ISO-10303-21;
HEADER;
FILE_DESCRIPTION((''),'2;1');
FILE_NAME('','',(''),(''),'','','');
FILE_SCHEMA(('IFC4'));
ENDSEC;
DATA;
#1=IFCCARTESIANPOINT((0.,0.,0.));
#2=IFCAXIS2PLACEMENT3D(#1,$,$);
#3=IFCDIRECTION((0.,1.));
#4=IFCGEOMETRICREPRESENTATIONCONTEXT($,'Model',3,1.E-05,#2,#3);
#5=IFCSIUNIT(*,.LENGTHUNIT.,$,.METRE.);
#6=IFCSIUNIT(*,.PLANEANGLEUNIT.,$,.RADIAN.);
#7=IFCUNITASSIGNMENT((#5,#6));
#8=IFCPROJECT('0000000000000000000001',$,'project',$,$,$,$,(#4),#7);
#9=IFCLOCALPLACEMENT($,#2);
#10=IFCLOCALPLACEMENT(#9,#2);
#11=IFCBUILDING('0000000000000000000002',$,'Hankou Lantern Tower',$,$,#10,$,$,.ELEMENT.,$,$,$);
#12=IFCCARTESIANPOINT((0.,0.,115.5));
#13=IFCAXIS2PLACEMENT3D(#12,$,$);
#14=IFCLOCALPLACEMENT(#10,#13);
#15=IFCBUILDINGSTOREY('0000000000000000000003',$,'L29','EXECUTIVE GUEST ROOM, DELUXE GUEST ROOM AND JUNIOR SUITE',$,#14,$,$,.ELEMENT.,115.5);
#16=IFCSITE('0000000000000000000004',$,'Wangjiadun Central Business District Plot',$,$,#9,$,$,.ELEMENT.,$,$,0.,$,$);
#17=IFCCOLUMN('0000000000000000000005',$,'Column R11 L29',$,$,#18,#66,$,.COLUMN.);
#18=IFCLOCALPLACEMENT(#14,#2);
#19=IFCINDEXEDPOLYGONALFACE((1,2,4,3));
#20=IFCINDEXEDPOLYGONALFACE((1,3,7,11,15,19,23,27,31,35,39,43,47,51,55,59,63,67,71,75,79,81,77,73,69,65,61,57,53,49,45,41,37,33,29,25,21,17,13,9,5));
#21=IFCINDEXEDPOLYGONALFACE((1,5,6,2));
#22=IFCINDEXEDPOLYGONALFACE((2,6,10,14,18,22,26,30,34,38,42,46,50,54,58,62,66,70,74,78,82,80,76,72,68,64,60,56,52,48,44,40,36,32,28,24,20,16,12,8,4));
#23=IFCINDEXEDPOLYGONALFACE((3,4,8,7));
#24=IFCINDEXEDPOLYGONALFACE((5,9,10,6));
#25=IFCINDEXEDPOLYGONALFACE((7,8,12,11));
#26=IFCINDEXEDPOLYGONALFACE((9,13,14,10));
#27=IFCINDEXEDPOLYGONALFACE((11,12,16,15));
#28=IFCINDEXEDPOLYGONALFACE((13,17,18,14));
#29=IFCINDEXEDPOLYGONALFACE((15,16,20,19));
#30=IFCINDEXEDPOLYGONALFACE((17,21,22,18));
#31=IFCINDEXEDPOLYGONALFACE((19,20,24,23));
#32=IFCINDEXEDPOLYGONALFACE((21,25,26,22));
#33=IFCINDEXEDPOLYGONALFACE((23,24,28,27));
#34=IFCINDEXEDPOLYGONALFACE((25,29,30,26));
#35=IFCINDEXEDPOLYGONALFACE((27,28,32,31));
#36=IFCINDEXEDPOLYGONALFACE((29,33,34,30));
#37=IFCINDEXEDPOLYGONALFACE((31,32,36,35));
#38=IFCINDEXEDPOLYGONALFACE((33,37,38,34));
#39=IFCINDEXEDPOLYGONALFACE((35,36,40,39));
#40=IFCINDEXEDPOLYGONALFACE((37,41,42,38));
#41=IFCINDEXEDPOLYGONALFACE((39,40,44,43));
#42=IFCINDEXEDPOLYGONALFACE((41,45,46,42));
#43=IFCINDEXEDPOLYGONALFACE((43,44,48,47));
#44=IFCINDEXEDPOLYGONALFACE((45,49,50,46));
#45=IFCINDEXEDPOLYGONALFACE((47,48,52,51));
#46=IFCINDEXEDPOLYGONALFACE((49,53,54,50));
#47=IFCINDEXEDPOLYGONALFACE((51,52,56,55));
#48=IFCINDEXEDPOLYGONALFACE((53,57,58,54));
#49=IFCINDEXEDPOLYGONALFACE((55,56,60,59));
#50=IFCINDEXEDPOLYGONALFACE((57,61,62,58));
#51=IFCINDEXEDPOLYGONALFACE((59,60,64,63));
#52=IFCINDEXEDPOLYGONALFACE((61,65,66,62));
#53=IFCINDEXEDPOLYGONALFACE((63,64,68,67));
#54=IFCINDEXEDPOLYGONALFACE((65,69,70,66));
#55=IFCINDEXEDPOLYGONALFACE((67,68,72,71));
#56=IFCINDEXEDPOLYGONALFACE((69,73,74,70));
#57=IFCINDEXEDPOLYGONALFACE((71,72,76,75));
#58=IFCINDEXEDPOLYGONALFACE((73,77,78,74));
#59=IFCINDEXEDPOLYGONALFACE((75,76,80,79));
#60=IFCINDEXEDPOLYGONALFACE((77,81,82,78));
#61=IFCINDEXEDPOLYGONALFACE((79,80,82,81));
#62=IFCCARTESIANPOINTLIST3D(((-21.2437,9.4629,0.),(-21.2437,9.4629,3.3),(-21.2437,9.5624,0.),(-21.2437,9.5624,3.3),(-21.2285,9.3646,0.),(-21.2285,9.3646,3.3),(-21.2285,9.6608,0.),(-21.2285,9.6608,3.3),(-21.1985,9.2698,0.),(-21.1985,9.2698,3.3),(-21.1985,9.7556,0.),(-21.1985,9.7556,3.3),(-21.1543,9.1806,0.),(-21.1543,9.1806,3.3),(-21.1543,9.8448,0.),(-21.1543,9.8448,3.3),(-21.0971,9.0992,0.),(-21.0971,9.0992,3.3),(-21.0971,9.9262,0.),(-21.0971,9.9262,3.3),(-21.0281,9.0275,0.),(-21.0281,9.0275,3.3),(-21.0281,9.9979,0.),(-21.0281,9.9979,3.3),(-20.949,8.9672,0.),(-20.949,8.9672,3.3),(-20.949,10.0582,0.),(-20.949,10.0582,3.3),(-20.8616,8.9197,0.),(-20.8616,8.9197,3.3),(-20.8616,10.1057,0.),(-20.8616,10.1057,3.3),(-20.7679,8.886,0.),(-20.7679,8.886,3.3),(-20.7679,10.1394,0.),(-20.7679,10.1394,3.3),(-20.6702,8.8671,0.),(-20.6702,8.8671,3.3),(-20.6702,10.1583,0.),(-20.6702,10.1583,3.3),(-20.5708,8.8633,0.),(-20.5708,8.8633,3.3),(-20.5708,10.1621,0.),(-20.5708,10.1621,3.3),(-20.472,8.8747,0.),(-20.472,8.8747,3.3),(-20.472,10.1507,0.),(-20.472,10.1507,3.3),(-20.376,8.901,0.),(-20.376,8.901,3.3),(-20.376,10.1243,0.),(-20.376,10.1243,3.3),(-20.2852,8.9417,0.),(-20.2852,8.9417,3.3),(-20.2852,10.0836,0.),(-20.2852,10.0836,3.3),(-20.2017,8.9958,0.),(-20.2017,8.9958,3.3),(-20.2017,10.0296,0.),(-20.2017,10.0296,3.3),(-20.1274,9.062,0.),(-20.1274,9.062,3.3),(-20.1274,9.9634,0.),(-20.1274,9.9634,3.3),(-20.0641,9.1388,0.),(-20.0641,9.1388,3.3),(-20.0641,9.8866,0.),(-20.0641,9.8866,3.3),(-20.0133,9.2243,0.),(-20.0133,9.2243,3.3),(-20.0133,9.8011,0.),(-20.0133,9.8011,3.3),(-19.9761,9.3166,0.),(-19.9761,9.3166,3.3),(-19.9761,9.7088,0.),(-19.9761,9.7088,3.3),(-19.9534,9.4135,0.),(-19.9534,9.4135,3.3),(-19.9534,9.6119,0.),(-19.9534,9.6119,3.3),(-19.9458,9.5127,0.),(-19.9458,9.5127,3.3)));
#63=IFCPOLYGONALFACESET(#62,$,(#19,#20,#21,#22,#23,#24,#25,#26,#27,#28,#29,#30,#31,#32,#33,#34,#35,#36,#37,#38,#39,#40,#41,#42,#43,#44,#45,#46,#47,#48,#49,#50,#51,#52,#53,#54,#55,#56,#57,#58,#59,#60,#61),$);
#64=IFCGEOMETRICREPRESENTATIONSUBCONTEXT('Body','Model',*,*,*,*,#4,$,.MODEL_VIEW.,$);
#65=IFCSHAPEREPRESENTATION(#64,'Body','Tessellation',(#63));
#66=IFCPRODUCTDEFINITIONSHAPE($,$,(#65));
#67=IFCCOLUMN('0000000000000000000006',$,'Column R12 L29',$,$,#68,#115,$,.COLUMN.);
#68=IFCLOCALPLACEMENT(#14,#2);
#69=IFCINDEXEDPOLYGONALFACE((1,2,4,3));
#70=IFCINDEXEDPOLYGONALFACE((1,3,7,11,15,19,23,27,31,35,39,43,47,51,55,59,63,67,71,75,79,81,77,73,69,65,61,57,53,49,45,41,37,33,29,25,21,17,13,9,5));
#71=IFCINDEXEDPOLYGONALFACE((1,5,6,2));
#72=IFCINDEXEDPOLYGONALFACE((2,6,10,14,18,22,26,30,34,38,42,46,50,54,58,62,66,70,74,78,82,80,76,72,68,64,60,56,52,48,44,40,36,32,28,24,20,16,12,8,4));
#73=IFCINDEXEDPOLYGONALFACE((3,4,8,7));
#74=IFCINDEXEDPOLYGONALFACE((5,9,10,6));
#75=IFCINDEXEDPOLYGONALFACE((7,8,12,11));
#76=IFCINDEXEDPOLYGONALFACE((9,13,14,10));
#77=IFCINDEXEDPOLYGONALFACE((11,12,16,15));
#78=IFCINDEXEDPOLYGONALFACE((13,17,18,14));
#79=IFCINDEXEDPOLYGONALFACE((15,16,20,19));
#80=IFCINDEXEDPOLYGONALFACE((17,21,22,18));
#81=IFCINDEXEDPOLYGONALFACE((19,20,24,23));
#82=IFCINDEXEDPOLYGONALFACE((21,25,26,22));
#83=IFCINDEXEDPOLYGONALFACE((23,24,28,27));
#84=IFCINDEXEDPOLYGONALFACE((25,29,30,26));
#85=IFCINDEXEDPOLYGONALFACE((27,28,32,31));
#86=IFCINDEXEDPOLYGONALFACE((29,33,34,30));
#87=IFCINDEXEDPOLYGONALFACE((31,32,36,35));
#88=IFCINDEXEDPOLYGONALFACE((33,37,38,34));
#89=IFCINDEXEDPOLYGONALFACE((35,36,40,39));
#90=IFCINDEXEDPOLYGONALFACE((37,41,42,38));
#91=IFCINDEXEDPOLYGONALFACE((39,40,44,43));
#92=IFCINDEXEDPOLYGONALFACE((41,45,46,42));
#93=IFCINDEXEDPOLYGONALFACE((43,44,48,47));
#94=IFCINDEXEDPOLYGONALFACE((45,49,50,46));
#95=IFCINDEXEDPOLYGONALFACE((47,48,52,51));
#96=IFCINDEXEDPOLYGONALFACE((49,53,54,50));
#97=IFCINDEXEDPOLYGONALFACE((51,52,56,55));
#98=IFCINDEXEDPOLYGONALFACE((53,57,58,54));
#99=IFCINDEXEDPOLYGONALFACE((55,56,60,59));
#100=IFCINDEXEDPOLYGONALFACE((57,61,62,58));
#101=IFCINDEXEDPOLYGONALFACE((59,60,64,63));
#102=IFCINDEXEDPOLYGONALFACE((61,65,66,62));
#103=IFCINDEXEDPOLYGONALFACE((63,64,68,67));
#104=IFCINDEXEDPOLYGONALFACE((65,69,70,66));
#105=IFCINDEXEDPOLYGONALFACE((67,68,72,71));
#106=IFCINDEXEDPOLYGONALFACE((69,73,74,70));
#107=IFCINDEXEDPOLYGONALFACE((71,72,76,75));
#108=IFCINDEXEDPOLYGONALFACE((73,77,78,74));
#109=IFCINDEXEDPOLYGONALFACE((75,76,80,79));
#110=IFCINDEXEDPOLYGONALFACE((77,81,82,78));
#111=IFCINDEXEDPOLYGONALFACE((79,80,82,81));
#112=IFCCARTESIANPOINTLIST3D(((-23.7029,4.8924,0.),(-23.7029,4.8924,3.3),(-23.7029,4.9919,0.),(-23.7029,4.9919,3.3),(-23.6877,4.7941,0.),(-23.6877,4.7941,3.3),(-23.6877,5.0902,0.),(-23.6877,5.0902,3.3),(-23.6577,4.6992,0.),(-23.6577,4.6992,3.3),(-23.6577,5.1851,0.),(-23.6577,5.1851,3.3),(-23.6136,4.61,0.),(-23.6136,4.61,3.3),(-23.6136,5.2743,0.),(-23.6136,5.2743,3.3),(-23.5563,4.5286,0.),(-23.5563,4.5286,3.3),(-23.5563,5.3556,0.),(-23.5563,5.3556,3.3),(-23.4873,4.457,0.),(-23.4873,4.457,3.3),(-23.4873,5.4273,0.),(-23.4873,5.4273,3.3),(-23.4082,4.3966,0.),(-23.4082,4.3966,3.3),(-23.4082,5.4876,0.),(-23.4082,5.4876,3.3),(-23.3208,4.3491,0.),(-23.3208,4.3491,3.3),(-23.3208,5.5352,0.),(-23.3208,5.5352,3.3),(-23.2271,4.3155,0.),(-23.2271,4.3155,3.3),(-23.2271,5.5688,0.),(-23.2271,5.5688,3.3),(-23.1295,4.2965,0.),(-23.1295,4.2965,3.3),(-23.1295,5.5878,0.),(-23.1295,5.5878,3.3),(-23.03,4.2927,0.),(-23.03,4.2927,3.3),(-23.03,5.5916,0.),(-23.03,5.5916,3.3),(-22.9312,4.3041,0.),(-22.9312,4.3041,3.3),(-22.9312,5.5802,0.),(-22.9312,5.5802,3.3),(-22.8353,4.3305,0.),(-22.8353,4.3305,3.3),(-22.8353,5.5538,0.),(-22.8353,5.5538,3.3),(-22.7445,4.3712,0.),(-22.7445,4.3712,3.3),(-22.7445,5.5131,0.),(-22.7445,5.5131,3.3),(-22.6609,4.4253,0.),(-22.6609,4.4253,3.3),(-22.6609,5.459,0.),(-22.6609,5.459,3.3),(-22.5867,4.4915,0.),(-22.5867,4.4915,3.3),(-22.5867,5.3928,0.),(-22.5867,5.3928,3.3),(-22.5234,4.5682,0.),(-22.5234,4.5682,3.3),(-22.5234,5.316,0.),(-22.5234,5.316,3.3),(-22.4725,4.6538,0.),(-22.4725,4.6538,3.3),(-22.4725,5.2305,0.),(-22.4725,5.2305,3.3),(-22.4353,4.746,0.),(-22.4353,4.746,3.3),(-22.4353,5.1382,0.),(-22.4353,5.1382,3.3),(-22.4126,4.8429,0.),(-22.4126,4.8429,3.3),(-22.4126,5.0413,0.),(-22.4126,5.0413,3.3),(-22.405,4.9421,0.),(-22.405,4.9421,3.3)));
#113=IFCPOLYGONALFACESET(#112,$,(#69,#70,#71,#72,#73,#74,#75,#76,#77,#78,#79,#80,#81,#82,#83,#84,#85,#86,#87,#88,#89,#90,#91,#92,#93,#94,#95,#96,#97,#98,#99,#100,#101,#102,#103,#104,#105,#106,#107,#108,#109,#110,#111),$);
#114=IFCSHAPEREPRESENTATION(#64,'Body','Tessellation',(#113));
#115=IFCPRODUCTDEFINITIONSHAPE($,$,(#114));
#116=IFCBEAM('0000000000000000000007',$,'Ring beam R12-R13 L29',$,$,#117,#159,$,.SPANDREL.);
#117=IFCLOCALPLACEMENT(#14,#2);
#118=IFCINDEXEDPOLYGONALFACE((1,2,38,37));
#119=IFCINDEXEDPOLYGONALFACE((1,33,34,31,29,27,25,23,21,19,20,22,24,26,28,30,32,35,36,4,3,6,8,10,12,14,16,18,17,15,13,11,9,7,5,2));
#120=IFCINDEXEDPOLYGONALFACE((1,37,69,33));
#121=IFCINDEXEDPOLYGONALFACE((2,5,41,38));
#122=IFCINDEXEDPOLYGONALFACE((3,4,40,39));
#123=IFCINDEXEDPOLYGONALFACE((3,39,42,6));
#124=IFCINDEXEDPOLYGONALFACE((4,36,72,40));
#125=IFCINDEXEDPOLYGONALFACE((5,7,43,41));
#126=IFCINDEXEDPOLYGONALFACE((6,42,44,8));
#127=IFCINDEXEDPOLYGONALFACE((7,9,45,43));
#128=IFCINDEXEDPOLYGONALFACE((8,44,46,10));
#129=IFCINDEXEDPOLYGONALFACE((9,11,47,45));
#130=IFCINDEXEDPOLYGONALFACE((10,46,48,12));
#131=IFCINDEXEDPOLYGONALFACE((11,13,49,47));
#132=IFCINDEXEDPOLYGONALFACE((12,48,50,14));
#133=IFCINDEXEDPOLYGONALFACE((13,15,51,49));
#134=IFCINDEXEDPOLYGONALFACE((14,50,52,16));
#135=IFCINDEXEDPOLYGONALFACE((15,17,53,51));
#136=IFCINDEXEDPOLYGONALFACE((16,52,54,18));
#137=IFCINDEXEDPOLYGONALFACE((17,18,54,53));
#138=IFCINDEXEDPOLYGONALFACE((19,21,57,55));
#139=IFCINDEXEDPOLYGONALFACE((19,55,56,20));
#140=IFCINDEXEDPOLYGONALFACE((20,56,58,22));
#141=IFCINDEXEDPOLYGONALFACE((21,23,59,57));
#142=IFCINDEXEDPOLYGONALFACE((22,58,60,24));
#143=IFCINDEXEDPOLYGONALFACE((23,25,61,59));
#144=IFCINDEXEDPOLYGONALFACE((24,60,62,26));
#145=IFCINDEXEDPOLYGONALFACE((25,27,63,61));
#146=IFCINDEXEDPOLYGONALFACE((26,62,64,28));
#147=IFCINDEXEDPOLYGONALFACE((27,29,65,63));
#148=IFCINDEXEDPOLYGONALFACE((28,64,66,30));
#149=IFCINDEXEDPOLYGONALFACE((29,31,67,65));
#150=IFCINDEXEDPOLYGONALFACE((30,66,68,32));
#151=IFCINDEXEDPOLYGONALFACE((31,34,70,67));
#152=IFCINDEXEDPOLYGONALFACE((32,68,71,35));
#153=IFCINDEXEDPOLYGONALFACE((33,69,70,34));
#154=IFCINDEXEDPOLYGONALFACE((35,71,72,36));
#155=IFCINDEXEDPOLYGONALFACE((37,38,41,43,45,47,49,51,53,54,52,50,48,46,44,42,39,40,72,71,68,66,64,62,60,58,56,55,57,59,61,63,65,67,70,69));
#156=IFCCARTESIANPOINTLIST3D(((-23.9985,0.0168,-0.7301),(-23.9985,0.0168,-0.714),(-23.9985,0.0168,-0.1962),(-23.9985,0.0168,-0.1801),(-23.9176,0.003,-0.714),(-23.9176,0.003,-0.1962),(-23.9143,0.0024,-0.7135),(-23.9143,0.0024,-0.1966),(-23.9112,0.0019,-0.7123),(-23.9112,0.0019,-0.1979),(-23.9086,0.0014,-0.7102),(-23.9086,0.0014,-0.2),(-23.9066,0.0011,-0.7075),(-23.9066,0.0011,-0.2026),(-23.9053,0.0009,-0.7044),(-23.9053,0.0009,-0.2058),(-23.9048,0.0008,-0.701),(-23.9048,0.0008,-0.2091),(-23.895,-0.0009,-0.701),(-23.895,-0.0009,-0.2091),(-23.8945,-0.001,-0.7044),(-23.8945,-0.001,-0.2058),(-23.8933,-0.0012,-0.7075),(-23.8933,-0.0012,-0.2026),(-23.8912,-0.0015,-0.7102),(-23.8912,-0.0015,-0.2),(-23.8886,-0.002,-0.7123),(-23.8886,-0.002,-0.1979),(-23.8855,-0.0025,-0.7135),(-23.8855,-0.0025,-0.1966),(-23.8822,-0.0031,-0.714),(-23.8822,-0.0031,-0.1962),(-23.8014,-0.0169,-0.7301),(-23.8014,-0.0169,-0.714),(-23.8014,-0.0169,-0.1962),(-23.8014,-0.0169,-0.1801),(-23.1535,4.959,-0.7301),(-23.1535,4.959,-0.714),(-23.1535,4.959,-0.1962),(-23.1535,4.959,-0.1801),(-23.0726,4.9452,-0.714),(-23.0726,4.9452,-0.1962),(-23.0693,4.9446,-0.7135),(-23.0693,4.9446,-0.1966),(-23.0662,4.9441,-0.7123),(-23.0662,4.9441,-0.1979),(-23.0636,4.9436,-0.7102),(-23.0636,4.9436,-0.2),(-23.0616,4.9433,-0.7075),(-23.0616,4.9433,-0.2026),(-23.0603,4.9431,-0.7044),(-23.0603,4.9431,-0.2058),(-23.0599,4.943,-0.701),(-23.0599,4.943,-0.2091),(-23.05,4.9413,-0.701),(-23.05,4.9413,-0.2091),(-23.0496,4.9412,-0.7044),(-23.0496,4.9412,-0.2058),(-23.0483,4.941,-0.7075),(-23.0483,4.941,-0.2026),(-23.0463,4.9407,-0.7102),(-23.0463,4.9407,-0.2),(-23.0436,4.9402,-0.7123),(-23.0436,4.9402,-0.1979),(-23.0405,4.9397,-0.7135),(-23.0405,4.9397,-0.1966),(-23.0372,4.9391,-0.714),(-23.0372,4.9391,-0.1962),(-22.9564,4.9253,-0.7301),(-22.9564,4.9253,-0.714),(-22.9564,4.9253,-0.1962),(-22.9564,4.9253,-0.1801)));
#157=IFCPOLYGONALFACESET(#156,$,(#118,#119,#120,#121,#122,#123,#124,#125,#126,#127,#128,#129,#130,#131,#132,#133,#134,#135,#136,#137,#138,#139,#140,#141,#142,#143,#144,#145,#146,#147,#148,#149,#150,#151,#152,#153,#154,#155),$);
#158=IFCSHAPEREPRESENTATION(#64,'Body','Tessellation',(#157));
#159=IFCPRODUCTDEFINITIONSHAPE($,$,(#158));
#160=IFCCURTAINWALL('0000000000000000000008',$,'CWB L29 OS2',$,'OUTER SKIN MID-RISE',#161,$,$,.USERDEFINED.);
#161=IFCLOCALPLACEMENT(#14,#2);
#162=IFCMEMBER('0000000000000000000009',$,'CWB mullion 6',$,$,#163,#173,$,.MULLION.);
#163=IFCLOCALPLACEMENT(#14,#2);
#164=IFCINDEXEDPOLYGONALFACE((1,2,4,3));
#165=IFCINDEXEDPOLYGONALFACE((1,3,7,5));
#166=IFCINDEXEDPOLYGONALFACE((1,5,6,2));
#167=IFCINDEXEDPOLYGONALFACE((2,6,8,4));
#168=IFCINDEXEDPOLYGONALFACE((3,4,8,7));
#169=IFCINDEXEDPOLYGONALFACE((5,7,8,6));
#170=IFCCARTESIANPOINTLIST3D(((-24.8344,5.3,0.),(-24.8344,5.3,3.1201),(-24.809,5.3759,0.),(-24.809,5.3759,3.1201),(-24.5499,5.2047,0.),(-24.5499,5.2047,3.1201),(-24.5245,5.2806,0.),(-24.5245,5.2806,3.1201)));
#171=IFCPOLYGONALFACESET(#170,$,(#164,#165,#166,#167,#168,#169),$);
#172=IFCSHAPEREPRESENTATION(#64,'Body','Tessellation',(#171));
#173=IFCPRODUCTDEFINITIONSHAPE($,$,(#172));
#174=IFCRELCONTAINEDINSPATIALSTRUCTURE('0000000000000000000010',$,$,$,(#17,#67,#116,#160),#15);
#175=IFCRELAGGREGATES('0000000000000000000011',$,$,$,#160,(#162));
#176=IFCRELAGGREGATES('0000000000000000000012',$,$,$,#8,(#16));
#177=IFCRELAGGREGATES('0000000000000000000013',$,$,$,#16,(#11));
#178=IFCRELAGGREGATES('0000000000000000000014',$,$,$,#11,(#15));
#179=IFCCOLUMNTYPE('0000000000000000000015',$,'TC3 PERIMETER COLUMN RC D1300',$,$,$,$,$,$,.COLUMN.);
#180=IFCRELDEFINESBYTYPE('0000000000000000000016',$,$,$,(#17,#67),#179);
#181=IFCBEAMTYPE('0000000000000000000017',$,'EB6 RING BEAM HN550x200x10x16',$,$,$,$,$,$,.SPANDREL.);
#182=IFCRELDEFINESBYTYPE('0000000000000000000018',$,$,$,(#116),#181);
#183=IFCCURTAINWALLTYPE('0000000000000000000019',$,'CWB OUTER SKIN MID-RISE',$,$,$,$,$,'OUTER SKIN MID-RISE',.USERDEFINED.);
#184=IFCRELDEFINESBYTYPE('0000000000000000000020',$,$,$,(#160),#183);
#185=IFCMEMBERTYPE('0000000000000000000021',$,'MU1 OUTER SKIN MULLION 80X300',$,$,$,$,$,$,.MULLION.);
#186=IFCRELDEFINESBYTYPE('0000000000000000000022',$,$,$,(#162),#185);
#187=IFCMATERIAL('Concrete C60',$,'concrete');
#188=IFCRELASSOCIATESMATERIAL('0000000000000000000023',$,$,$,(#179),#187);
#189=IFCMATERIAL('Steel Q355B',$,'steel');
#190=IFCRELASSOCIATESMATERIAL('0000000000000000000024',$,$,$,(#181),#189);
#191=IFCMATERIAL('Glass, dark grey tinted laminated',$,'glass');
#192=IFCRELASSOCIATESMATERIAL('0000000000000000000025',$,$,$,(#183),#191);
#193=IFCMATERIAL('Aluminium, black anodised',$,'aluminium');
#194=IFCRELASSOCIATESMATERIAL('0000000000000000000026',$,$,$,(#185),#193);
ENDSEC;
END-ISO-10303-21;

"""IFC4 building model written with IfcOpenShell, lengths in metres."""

from ifc_helpers import new_model, si_unit, direction, frame, origin, origin_2d, place, context, subcontext, project, spatial, rectangle, circle, i_section, extrude, material, material_profile, profile_set, type_object, element, aggregate, save


model = new_model("IFC4")

# Units and contexts
model_context = context("Model", 3, precision=1e-05, world=origin(), true_north=direction((0.0, 1.0)))
body_context = subcontext(model_context, "Body", "Model", "MODEL_VIEW")
ifc_project = project(units=[si_unit("LENGTHUNIT", "METRE"), si_unit("PLANEANGLEUNIT", "RADIAN")], contexts=[model_context])

# Site, building, storey
site_placement = place(None, origin())
site = spatial("IfcSite", under=ifc_project, at=site_placement, Name="Wangjiadun Central Business District Plot", CompositionType="ELEMENT", RefElevation=0.0)
building_placement = place(site_placement, origin())
building = spatial("IfcBuilding", under=site, at=building_placement, Name="Hankou Lantern Tower", CompositionType="ELEMENT")
storey_placement = place(building_placement, frame((0.0, 0.0, 115.5)))
storey = spatial("IfcBuildingStorey", under=building, at=storey_placement, Name="L29", Description="EXECUTIVE GUEST ROOM, DELUXE GUEST ROOM AND JUNIOR SUITE", CompositionType="ELEMENT", Elevation=115.5)

# Columns
ifc_material_1 = material(Name="Concrete C60", Category="concrete")
ifc_material_profile_1 = material_profile(ifc_material_1, circle(Radius=0.6499, at=origin_2d()), Name="RC D1300")
ifc_profile_set_1 = profile_set([ifc_material_profile_1], Name="Concrete C60")
column_type = type_object("IfcColumnType", Name="TC3 PERIMETER COLUMN RC D1300", PredefinedType="COLUMN", material=ifc_profile_set_1)
for number, where, z_axis, x_axis, name in (
    (1, (-20.5957, 9.5127, 0.0), (0.0, 0.0, 1.0), (1.0, 0.0, 0.0), "Column R11 L29"),
    (2, (-23.0549, 4.9421, 0.0), (0.0, 0.0, 1.0), (1.0, 0.0, 0.0), "Column R12 L29"),
):
    element("IfcColumn", number, at=place(storey_placement, frame(where, z_axis=z_axis, x_axis=x_axis)), inside=storey, type_object=column_type, Name=name, PredefinedType="COLUMN", context=body_context, shape_type="SweptSolid", body=[
        extrude(circle(Radius=0.6499, at=origin_2d()), origin(), (0.0, 0.0, 1.0), 3.3),
    ])

# Beam
ifc_material_2 = material(Name="Steel Q355B", Category="steel")
ifc_material_profile_2 = material_profile(ifc_material_2, i_section(OverallWidth=0.2, OverallDepth=0.55, WebThickness=0.01, FlangeThickness=0.0161, FilletRadius=0.0129, at=origin_2d()), Name="HN550x200x10x16")
ifc_profile_set_2 = profile_set([ifc_material_profile_2], Name="Steel Q355B")
beam_type_1 = type_object("IfcBeamType", Name="EB6 RING BEAM HN550x200x10x16", PredefinedType="SPANDREL", material=ifc_profile_set_2)
beam_1_placement = place(storey_placement, frame((-23.0549, 4.9421, -0.4551), z_axis=(-0.168527, -0.985697, 0.0), x_axis=(0.985697, -0.168527, 0.0)))
element("IfcBeam", 3, at=beam_1_placement, inside=storey, type_object=beam_type_1, Name="Ring beam R12-R13 L29", PredefinedType="SPANDREL", context=body_context, shape_type="SweptSolid", body=[
    extrude(i_section(OverallWidth=0.2, OverallDepth=0.55, WebThickness=0.01, FlangeThickness=0.0161, FilletRadius=0.0129, at=origin_2d()), origin(), (0.0, 0.0, 1.0), 5.0139),
])

# Curtain wall, member
ifc_material_3 = material(Name="Glass, dark grey tinted laminated", Category="glass")
curtain_wall_type = type_object("IfcCurtainWallType", Name="CWB OUTER SKIN MID-RISE", ElementType="OUTER SKIN MID-RISE", PredefinedType="USERDEFINED", material=ifc_material_3)
curtain_wall_placement = place(storey_placement, origin())
curtain_wall = element("IfcCurtainWall", 4, at=curtain_wall_placement, inside=storey, type_object=curtain_wall_type, Name="CWB L29 OS2", ObjectType="OUTER SKIN MID-RISE", PredefinedType="USERDEFINED")
ifc_material_4 = material(Name="Aluminium, black anodised", Category="aluminium")
ifc_material_profile_3 = material_profile(ifc_material_4, rectangle(XDim=0.0801, YDim=0.3, at=origin_2d()), Name="MU1 80X300")
ifc_profile_set_3 = profile_set([ifc_material_profile_3], Name="Aluminium, black anodised")
member_type_1 = type_object("IfcMemberType", Name="MU1 OUTER SKIN MULLION 80X300", PredefinedType="MULLION", material=ifc_profile_set_3)
member_1_placement = place(storey_placement, frame((-24.6794, 5.2903, 0.0), z_axis=(0.0, 0.0, 1.0), x_axis=(-0.317596, -0.948226, 0.0)))
member_1 = element("IfcMember", 5, at=member_1_placement, type_object=member_type_1, Name="CWB mullion 6", PredefinedType="MULLION", context=body_context, shape_type="SweptSolid", body=[
    extrude(rectangle(XDim=0.0801, YDim=0.3, at=origin_2d()), origin(), (0.0, 0.0, 1.0), 3.1201),
])

aggregate(curtain_wall, [member_1])

save(model, "model.ifc")
